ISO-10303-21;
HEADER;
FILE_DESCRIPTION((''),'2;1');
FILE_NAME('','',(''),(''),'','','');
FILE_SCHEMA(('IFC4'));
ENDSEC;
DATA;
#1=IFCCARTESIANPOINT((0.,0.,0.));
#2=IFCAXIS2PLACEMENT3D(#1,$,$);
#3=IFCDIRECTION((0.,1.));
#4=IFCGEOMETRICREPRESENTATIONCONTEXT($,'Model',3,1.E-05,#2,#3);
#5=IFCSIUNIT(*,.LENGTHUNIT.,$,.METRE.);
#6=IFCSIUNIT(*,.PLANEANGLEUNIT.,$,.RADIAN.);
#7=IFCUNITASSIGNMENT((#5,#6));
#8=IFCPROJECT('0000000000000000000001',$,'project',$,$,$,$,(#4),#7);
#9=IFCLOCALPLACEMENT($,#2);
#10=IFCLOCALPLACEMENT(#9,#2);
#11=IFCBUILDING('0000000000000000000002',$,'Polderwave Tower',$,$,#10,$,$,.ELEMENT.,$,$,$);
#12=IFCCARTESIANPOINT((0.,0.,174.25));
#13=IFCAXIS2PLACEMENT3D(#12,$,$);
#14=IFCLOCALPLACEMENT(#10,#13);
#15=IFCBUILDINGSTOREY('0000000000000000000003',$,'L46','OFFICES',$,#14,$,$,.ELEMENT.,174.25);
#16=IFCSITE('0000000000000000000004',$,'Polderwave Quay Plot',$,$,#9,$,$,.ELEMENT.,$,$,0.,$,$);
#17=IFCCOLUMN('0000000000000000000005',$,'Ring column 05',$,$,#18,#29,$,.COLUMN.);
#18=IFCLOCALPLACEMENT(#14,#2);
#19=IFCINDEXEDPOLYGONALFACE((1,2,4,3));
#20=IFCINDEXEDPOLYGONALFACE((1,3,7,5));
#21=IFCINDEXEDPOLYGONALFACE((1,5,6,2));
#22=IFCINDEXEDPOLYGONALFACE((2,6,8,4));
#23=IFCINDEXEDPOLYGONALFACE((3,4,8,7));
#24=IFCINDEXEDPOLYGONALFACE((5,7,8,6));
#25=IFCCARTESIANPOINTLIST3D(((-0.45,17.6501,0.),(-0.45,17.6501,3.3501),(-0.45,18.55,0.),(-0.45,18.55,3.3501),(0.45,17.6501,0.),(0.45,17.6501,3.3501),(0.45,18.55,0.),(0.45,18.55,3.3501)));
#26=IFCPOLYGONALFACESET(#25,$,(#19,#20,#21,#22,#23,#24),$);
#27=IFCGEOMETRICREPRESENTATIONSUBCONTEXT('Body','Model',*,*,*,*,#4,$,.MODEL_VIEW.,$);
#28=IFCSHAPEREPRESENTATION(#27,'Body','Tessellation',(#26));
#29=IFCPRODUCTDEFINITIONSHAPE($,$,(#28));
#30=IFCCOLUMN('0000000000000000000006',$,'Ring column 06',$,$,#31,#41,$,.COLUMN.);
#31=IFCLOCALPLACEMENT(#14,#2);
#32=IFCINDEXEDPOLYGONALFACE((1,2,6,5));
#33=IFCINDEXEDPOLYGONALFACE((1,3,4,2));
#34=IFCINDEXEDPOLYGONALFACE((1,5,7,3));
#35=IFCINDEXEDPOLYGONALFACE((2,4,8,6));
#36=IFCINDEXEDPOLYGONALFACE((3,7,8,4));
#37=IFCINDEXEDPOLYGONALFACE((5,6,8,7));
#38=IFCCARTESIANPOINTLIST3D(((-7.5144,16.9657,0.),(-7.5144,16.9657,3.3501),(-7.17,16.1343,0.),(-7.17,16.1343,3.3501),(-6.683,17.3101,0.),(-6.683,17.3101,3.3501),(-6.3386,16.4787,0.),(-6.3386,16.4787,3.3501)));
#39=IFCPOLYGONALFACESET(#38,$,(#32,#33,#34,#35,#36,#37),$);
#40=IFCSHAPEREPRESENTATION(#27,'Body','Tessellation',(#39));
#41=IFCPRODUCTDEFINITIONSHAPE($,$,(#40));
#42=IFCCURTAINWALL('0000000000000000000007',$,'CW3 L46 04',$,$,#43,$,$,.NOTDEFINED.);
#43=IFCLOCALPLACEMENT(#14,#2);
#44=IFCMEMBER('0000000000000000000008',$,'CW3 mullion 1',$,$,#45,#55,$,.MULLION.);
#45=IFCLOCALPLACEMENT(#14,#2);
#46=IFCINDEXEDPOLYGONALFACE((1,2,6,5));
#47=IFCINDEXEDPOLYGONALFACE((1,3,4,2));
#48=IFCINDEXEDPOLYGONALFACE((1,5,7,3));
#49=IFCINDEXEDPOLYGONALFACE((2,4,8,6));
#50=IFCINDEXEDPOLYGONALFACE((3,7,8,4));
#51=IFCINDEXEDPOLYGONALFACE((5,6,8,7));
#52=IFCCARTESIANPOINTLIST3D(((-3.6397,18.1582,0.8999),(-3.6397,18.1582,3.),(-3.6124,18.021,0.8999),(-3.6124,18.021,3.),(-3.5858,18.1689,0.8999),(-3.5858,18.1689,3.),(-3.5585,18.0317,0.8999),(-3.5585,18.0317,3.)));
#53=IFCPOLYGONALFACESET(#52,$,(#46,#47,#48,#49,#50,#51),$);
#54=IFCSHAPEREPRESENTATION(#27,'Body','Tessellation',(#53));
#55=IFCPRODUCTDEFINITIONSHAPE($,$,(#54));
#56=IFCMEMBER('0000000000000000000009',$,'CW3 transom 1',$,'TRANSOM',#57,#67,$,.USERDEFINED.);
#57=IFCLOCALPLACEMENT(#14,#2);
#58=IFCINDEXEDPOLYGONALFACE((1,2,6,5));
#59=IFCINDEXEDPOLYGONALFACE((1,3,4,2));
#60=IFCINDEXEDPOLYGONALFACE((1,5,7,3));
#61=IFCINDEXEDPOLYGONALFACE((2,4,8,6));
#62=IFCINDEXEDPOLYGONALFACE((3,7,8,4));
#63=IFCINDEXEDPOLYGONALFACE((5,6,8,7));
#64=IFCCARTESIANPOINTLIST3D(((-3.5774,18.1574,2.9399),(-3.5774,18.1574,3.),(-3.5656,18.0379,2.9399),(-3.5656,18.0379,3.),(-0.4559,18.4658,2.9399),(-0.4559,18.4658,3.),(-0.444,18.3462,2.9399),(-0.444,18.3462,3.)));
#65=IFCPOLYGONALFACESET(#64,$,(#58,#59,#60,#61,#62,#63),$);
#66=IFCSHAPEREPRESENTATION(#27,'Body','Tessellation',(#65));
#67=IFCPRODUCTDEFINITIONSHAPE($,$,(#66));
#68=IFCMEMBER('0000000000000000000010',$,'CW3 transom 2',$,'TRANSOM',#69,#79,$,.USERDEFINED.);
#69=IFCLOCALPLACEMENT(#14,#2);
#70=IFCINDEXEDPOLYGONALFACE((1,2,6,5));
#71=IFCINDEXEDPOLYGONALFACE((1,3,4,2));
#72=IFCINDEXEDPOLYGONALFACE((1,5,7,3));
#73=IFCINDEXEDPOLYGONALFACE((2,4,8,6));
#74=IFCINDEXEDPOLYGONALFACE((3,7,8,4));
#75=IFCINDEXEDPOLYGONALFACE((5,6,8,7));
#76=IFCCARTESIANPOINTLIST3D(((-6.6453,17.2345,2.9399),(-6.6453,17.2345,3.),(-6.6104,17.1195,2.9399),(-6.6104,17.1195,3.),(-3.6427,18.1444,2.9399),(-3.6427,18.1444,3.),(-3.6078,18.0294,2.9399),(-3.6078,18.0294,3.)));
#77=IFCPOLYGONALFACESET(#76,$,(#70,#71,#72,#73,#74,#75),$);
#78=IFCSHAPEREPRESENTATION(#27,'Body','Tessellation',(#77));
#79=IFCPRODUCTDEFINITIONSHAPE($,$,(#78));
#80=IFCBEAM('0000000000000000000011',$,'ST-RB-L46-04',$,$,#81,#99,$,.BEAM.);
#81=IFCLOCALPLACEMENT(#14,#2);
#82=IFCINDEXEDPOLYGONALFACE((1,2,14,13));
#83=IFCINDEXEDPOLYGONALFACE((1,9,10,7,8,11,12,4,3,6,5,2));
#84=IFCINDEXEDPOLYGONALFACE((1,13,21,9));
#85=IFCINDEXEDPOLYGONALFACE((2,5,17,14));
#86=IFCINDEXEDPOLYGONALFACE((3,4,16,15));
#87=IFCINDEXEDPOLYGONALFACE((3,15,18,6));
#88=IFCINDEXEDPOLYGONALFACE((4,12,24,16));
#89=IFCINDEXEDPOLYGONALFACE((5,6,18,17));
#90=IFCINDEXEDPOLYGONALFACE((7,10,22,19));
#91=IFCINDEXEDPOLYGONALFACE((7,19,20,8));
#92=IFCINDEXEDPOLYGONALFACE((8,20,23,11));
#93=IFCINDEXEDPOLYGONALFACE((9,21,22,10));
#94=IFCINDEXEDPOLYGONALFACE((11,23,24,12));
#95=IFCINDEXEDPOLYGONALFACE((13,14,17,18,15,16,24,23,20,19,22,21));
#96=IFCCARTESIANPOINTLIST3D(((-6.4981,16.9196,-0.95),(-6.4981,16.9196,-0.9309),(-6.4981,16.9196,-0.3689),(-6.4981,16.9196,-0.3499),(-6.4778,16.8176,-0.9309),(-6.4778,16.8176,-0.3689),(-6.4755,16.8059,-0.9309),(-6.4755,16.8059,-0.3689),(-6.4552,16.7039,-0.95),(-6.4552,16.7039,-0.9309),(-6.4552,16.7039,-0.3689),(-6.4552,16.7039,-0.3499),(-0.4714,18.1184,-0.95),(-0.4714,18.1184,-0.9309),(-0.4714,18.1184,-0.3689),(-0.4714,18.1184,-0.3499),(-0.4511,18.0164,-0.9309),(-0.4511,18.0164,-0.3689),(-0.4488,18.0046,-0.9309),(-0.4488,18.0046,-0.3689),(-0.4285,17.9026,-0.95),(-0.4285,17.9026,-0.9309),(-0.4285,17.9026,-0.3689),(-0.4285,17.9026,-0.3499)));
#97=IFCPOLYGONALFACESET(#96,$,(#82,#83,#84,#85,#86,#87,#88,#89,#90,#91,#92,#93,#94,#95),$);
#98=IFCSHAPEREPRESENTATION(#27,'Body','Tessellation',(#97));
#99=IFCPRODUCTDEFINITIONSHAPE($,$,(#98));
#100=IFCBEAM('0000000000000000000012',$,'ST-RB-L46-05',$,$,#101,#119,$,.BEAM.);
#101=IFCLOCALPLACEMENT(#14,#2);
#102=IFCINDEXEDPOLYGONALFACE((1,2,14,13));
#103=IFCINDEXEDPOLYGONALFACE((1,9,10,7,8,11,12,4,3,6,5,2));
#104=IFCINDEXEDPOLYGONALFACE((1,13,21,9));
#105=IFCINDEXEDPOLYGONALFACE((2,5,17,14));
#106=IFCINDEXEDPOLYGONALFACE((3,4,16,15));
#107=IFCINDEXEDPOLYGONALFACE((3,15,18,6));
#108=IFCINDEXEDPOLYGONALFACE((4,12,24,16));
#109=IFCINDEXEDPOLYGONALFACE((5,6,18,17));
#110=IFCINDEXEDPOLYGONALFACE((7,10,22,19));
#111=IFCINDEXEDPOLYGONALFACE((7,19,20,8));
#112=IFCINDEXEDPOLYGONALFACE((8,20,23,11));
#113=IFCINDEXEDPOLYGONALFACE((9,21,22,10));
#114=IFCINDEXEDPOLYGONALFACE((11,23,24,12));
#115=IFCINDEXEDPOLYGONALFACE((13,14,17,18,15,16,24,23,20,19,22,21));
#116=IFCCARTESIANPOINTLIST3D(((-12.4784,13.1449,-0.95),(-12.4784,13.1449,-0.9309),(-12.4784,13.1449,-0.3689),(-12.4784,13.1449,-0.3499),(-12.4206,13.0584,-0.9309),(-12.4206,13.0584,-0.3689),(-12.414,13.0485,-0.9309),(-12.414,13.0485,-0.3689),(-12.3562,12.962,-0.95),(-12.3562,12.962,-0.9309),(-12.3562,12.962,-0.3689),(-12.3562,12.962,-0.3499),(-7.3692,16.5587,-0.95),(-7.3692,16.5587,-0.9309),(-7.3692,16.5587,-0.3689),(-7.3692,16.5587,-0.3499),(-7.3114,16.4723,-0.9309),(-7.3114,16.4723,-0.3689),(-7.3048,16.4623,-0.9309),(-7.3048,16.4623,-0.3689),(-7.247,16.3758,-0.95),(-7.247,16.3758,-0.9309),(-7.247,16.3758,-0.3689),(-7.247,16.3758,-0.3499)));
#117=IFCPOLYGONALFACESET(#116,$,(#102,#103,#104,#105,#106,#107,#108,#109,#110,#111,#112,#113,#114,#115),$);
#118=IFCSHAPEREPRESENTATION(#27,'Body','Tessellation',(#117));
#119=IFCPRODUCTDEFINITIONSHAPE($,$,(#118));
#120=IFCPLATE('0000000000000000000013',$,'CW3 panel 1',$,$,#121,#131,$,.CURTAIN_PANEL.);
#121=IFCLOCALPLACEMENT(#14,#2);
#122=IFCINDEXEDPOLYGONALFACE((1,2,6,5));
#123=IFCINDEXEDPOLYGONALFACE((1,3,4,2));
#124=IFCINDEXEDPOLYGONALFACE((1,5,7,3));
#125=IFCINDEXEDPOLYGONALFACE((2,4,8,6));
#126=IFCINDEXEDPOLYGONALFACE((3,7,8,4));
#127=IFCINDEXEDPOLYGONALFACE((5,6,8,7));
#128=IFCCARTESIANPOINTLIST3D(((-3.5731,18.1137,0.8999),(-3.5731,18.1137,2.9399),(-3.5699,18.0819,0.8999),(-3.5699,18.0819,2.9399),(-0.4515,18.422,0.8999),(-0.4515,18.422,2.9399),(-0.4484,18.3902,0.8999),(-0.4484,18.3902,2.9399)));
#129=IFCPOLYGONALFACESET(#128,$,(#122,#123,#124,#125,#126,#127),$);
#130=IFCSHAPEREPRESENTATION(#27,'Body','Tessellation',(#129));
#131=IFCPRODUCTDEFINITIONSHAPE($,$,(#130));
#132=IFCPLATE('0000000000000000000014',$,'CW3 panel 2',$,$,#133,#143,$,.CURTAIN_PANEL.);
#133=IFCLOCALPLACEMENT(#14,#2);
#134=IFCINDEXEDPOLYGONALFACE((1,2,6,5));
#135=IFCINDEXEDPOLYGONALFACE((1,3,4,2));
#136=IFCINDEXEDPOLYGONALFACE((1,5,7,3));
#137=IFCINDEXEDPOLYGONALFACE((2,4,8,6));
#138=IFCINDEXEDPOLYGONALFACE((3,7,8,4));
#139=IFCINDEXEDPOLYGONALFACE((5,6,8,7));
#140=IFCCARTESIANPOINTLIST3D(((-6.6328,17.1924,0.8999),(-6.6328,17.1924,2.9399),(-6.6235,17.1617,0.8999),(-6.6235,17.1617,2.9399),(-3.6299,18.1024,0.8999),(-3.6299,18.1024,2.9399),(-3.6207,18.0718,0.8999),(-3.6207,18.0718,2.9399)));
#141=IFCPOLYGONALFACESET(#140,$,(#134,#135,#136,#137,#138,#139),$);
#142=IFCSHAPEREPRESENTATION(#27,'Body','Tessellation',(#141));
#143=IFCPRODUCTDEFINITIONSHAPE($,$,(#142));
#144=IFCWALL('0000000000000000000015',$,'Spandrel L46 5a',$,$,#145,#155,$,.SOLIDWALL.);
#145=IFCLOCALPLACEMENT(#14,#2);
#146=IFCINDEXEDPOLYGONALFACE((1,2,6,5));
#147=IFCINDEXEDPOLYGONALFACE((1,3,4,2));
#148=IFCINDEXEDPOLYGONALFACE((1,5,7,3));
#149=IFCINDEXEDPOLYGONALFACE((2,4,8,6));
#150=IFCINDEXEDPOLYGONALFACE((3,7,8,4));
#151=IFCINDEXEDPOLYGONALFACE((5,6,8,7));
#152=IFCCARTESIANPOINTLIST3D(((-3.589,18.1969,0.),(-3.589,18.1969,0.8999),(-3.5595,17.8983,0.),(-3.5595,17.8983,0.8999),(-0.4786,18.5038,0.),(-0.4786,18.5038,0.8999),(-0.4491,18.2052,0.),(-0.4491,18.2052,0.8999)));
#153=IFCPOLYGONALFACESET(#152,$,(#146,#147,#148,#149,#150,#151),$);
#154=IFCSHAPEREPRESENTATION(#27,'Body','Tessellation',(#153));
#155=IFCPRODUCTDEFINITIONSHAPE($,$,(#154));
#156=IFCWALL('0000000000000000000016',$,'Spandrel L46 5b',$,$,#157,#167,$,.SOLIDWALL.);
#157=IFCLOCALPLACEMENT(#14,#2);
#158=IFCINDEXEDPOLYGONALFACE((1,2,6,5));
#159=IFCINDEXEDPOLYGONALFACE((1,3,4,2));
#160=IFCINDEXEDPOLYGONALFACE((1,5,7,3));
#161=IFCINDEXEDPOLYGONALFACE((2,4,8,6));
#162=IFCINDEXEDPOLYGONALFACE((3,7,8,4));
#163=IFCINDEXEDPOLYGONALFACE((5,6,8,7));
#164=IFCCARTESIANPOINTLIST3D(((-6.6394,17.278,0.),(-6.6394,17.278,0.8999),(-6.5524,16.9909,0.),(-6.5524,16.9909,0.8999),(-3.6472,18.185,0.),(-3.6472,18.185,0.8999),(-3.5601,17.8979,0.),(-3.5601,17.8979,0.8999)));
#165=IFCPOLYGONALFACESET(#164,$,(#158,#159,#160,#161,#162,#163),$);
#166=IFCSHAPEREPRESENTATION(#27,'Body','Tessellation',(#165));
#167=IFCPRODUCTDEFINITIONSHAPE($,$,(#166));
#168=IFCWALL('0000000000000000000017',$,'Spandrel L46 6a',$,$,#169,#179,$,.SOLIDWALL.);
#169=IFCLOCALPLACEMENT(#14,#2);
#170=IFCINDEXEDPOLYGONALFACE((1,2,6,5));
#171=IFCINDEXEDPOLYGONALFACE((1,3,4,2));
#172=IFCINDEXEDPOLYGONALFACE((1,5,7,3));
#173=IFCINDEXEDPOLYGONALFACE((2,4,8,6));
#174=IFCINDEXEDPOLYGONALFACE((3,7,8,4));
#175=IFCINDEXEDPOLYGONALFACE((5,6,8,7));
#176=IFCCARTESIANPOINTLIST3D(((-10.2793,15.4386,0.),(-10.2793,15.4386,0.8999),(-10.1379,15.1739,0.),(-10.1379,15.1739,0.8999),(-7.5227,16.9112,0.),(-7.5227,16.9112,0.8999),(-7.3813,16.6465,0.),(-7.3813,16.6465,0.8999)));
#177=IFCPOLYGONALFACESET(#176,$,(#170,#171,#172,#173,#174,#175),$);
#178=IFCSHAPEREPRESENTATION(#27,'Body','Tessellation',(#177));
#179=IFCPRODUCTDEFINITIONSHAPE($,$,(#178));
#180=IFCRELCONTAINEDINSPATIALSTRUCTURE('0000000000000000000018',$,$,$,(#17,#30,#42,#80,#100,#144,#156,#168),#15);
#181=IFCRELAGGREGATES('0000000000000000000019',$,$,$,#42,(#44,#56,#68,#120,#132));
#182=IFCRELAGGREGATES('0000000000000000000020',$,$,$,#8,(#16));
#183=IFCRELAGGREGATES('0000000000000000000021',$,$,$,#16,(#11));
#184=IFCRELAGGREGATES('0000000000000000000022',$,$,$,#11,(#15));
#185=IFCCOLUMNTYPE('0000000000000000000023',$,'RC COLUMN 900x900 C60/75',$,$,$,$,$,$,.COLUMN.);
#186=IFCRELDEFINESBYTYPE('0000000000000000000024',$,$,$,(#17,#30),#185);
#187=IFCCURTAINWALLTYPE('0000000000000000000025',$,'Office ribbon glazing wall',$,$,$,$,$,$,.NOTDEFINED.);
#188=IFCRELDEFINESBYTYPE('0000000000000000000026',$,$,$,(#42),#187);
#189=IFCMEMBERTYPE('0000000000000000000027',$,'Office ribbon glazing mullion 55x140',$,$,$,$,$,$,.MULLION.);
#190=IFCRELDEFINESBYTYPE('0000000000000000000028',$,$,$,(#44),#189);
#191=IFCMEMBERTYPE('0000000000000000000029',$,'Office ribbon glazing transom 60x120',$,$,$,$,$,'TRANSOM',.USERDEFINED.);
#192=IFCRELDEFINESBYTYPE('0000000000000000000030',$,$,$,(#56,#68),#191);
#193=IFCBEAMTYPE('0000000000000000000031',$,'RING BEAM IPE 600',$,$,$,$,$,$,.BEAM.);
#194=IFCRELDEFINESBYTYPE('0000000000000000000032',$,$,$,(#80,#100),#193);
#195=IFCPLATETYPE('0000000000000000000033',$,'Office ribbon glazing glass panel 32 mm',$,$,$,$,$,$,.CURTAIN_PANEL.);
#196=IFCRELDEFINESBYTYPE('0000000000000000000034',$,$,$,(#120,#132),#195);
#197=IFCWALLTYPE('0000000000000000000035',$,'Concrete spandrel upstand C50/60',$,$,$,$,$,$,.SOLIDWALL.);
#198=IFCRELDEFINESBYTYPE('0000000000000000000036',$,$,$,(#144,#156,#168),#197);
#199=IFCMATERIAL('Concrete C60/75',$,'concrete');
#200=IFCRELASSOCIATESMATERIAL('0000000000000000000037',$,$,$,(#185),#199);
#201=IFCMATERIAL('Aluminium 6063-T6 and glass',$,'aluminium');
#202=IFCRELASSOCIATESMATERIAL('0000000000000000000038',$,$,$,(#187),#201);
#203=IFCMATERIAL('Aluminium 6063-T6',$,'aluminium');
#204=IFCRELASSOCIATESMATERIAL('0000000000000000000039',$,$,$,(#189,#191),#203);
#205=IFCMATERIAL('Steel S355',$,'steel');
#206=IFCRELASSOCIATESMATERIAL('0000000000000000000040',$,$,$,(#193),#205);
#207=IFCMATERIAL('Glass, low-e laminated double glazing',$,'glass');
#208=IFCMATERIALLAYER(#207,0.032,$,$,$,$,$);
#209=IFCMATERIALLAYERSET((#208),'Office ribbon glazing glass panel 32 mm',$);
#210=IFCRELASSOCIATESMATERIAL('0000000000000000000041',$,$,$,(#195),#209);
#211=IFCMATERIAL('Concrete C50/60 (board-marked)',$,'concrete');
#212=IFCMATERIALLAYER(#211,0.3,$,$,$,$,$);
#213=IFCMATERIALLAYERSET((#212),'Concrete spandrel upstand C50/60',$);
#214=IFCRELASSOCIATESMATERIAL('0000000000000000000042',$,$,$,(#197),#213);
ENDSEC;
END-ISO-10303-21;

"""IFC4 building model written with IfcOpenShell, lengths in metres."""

from ifc_helpers import new_model, si_unit, direction, frame, frame_2d, origin, origin_2d, place, context, subcontext, project, spatial, rectangle, i_section, extrude, material, layer, layer_set, material_profile, profile_set, type_object, element, aggregate, save


model = new_model("IFC4")

# Units and contexts
model_context = context("Model", 3, precision=1e-05, world=origin(), true_north=direction((0.0, 1.0)))
body_context = subcontext(model_context, "Body", "Model", "MODEL_VIEW")
ifc_project = project(units=[si_unit("LENGTHUNIT", "METRE"), si_unit("PLANEANGLEUNIT", "RADIAN")], contexts=[model_context])

# Site, building, storey
site_placement = place(None, origin())
site = spatial("IfcSite", under=ifc_project, at=site_placement, Name="Polderwave Quay Plot", CompositionType="ELEMENT", RefElevation=0.0)
building_placement = place(site_placement, origin())
building = spatial("IfcBuilding", under=site, at=building_placement, Name="Polderwave Tower", CompositionType="ELEMENT")
storey_placement = place(building_placement, frame((0.0, 0.0, 174.25)))
storey = spatial("IfcBuildingStorey", under=building, at=storey_placement, Name="L46", Description="OFFICES", CompositionType="ELEMENT", Elevation=174.25)

# Columns
ifc_material_1 = material(Name="Concrete C60/75", Category="concrete")
ifc_material_profile_1 = material_profile(ifc_material_1, rectangle(XDim=0.8999, YDim=0.8999, at=origin_2d()), Name="RC 900x900")
ifc_profile_set_1 = profile_set([ifc_material_profile_1], Name="Concrete C60/75")
column_type = type_object("IfcColumnType", Name="RC COLUMN 900x900 C60/75", PredefinedType="COLUMN", material=ifc_profile_set_1)
for number, where, z_axis, x_axis, name in (
    (1, (0.0, 18.1001, 0.0), (0.0, 0.0, 1.0), (0.0, 1.0, 0.0), "Ring column 05"),
    (2, (-6.9265, 16.7222, 0.0), (0.0, 0.0, 1.0), (-0.382683, 0.92388, 0.0), "Ring column 06"),
):
    element("IfcColumn", number, at=place(storey_placement, frame(where, z_axis=z_axis, x_axis=x_axis)), inside=storey, type_object=column_type, Name=name, PredefinedType="COLUMN", context=body_context, shape_type="SweptSolid", body=[
        extrude(rectangle(XDim=0.8999, YDim=0.8999, at=origin_2d()), origin(), (0.0, 0.0, 1.0), 3.3501),
    ])

# Curtain wall, members
ifc_material_2 = material(Name="Aluminium 6063-T6 and glass", Category="aluminium")
curtain_wall_type = type_object("IfcCurtainWallType", Name="Office ribbon glazing wall", PredefinedType="NOTDEFINED", material=ifc_material_2)
curtain_wall_placement = place(storey_placement, origin())
curtain_wall = element("IfcCurtainWall", 3, at=curtain_wall_placement, inside=storey, type_object=curtain_wall_type, Name="CW3 L46 04", PredefinedType="NOTDEFINED")
ifc_material_3 = material(Name="Aluminium 6063-T6", Category="aluminium")
ifc_material_profile_2 = material_profile(ifc_material_3, rectangle(XDim=0.1399, YDim=0.0549, at=origin_2d()), Name="AL 55x140")
ifc_profile_set_2 = profile_set([ifc_material_profile_2], Name="Aluminium 6063-T6")
member_type_1 = type_object("IfcMemberType", Name="Office ribbon glazing mullion 55x140", PredefinedType="MULLION", material=ifc_profile_set_2)
member_1_placement = place(storey_placement, frame((-3.5991, 18.095, 0.8999), z_axis=(0.0, 0.0, 1.0), x_axis=(0.195097, -0.980784, 0.0)))
member_1 = element("IfcMember", 4, at=member_1_placement, type_object=member_type_1, Name="CW3 mullion 1", PredefinedType="MULLION", context=body_context, shape_type="SweptSolid", body=[
    extrude(rectangle(XDim=0.1399, YDim=0.0549, at=origin_2d()), origin(), (0.0, 0.0, 1.0), 2.1001),
])
ifc_material_profile_3 = material_profile(ifc_material_3, rectangle(XDim=0.1201, YDim=0.0601, at=origin_2d()), Name="AL 60x120")
ifc_profile_set_3 = profile_set([ifc_material_profile_3], Name="Aluminium 6063-T6")
member_type_2 = type_object("IfcMemberType", Name="Office ribbon glazing transom 60x120", ElementType="TRANSOM", PredefinedType="USERDEFINED", material=ifc_profile_set_3)
member_2_placement = place(storey_placement, frame((-0.45, 18.406, 2.97), z_axis=(-0.995157, -0.098301, 0.0), x_axis=(0.098301, -0.995157, 0.0)))
member_2 = element("IfcMember", 5, at=member_2_placement, type_object=member_type_2, Name="CW3 transom 1", ObjectType="TRANSOM", PredefinedType="USERDEFINED", context=body_context, shape_type="SweptSolid", body=[
    extrude(rectangle(XDim=0.1201, YDim=0.0601, at=origin_2d()), origin(), (0.0, 0.0, 1.0), 3.1367),
])
member_3_placement = place(storey_placement, frame((-3.6252, 18.0869, 2.97), z_axis=(-0.957024, -0.29001, 0.0), x_axis=(0.29001, -0.957024, 0.0)))
member_3 = element("IfcMember", 6, at=member_3_placement, type_object=member_type_2, Name="CW3 transom 2", ObjectType="TRANSOM", PredefinedType="USERDEFINED", context=body_context, shape_type="SweptSolid", body=[
    extrude(rectangle(XDim=0.1201, YDim=0.0601, at=origin_2d()), origin(), (0.0, 0.0, 1.0), 3.1375),
])

# Beams
ifc_material_4 = material(Name="Steel S355", Category="steel")
ifc_material_profile_4 = material_profile(ifc_material_4, i_section(OverallWidth=0.22, OverallDepth=0.6001, WebThickness=0.012, FlangeThickness=0.019, at=origin_2d()), Name="IPE 600")
ifc_profile_set_4 = profile_set([ifc_material_profile_4], Name="Steel S355")
beam_type = type_object("IfcBeamType", Name="RING BEAM IPE 600", PredefinedType="BEAM", material=ifc_profile_set_4)
for number, where, z_axis, x_axis, name in (
    (7, (-0.45, 18.0105, -0.6499), (-0.980786, -0.195085, 0.0), (0.195085, -0.980786, 0.0), "ST-RB-L46-04"),
    (8, (-7.3081, 16.4673, -0.6499), (-0.831469, -0.555571, 0.0), (0.555571, -0.831469, 0.0), "ST-RB-L46-05"),
):
    element("IfcBeam", number, at=place(storey_placement, frame(where, z_axis=z_axis, x_axis=x_axis)), inside=storey, type_object=beam_type, Name=name, PredefinedType="BEAM", context=body_context, shape_type="SweptSolid", body=[
        extrude(i_section(OverallWidth=0.22, OverallDepth=0.6001, WebThickness=0.012, FlangeThickness=0.019, at=origin_2d()), origin(), (0.0, 0.0, 1.0), 6.1448),
    ])

# Plates
ifc_material_5 = material(Name="Glass, low-e laminated double glazing", Category="glass")
ifc_layer_1 = layer(ifc_material_5, 0.032)
ifc_layer_set_1 = layer_set([ifc_layer_1], Name="Office ribbon glazing glass panel 32 mm")
plate_type = type_object("IfcPlateType", Name="Office ribbon glazing glass panel 32 mm", PredefinedType="CURTAIN_PANEL", material=ifc_layer_set_1)
plate_1_placement = place(storey_placement, frame((-2.0107, 18.252, 0.8999), z_axis=(0.0, 0.0, 1.0), x_axis=(-0.995159, -0.098283, 0.0)))
plate_1 = element("IfcPlate", 9, at=plate_1_placement, type_object=plate_type, Name="CW3 panel 1", PredefinedType="CURTAIN_PANEL", context=body_context, shape_type="SweptSolid", body=[
    extrude(rectangle(XDim=3.1367, YDim=0.032, at=origin_2d()), origin(), (0.0, 0.0, 1.0), 2.04),
])
plate_2_placement = place(storey_placement, frame((-5.1267, 17.6321, 0.8999), z_axis=(0.0, 0.0, 1.0), x_axis=(-0.957014, -0.290042, 0.0)))
plate_2 = element("IfcPlate", 10, at=plate_2_placement, type_object=plate_type, Name="CW3 panel 2", PredefinedType="CURTAIN_PANEL", context=body_context, shape_type="SweptSolid", body=[
    extrude(rectangle(XDim=3.1377, YDim=0.032, at=origin_2d()), origin(), (0.0, 0.0, 1.0), 2.04),
])
aggregate(curtain_wall, [member_1, member_2, member_3, plate_1, plate_2])

# Walls
ifc_material_6 = material(Name="Concrete C50/60 (board-marked)", Category="concrete")
ifc_layer_2 = layer(ifc_material_6, 0.3)
ifc_layer_set_2 = layer_set([ifc_layer_2], Name="Concrete spandrel upstand C50/60")
wall_type_1 = type_object("IfcWallType", Name="Concrete spandrel upstand C50/60", PredefinedType="SOLIDWALL", material=ifc_layer_set_2)
wall_1_placement = place(storey_placement, frame((-0.4639, 18.3545, 0.0), z_axis=(0.0, 0.0, 1.0), x_axis=(-0.995168, -0.098189, 0.0)))
element("IfcWall", 11, at=wall_1_placement, inside=storey, type_object=wall_type_1, Name="Spandrel L46 5a", PredefinedType="SOLIDWALL", context=body_context, shape_type="SweptSolid", body=[
    extrude(rectangle(XDim=3.1255, YDim=0.3, at=frame_2d((1.5627, 0.0))), origin(), (0.0, 0.0, 1.0), 0.8999),
])
wall_2_placement = place(storey_placement, frame((-3.6035, 18.0415, 0.0), z_axis=(0.0, 0.0, 1.0), x_axis=(-0.957001, -0.290083, 0.0)))
element("IfcWall", 12, at=wall_2_placement, inside=storey, type_object=wall_type_1, Name="Spandrel L46 5b", PredefinedType="SOLIDWALL", context=body_context, shape_type="SweptSolid", body=[
    extrude(rectangle(XDim=3.1267, YDim=0.3, at=frame_2d((1.5635, 0.0))), origin(), (0.0, 0.0, 1.0), 0.8999),
])
wall_3_placement = place(storey_placement, frame((-7.4521, 16.7788, 0.0), z_axis=(0.0, 0.0, 1.0), x_axis=(-0.882024, -0.471204, 0.0)))
element("IfcWall", 13, at=wall_3_placement, inside=storey, type_object=wall_type_1, Name="Spandrel L46 6a", PredefinedType="SOLIDWALL", context=body_context, shape_type="SweptSolid", body=[
    extrude(rectangle(XDim=3.1252, YDim=0.3, at=frame_2d((1.5625, 0.0))), origin(), (0.0, 0.0, 1.0), 0.8999),
])

save(model, "model.ifc")
